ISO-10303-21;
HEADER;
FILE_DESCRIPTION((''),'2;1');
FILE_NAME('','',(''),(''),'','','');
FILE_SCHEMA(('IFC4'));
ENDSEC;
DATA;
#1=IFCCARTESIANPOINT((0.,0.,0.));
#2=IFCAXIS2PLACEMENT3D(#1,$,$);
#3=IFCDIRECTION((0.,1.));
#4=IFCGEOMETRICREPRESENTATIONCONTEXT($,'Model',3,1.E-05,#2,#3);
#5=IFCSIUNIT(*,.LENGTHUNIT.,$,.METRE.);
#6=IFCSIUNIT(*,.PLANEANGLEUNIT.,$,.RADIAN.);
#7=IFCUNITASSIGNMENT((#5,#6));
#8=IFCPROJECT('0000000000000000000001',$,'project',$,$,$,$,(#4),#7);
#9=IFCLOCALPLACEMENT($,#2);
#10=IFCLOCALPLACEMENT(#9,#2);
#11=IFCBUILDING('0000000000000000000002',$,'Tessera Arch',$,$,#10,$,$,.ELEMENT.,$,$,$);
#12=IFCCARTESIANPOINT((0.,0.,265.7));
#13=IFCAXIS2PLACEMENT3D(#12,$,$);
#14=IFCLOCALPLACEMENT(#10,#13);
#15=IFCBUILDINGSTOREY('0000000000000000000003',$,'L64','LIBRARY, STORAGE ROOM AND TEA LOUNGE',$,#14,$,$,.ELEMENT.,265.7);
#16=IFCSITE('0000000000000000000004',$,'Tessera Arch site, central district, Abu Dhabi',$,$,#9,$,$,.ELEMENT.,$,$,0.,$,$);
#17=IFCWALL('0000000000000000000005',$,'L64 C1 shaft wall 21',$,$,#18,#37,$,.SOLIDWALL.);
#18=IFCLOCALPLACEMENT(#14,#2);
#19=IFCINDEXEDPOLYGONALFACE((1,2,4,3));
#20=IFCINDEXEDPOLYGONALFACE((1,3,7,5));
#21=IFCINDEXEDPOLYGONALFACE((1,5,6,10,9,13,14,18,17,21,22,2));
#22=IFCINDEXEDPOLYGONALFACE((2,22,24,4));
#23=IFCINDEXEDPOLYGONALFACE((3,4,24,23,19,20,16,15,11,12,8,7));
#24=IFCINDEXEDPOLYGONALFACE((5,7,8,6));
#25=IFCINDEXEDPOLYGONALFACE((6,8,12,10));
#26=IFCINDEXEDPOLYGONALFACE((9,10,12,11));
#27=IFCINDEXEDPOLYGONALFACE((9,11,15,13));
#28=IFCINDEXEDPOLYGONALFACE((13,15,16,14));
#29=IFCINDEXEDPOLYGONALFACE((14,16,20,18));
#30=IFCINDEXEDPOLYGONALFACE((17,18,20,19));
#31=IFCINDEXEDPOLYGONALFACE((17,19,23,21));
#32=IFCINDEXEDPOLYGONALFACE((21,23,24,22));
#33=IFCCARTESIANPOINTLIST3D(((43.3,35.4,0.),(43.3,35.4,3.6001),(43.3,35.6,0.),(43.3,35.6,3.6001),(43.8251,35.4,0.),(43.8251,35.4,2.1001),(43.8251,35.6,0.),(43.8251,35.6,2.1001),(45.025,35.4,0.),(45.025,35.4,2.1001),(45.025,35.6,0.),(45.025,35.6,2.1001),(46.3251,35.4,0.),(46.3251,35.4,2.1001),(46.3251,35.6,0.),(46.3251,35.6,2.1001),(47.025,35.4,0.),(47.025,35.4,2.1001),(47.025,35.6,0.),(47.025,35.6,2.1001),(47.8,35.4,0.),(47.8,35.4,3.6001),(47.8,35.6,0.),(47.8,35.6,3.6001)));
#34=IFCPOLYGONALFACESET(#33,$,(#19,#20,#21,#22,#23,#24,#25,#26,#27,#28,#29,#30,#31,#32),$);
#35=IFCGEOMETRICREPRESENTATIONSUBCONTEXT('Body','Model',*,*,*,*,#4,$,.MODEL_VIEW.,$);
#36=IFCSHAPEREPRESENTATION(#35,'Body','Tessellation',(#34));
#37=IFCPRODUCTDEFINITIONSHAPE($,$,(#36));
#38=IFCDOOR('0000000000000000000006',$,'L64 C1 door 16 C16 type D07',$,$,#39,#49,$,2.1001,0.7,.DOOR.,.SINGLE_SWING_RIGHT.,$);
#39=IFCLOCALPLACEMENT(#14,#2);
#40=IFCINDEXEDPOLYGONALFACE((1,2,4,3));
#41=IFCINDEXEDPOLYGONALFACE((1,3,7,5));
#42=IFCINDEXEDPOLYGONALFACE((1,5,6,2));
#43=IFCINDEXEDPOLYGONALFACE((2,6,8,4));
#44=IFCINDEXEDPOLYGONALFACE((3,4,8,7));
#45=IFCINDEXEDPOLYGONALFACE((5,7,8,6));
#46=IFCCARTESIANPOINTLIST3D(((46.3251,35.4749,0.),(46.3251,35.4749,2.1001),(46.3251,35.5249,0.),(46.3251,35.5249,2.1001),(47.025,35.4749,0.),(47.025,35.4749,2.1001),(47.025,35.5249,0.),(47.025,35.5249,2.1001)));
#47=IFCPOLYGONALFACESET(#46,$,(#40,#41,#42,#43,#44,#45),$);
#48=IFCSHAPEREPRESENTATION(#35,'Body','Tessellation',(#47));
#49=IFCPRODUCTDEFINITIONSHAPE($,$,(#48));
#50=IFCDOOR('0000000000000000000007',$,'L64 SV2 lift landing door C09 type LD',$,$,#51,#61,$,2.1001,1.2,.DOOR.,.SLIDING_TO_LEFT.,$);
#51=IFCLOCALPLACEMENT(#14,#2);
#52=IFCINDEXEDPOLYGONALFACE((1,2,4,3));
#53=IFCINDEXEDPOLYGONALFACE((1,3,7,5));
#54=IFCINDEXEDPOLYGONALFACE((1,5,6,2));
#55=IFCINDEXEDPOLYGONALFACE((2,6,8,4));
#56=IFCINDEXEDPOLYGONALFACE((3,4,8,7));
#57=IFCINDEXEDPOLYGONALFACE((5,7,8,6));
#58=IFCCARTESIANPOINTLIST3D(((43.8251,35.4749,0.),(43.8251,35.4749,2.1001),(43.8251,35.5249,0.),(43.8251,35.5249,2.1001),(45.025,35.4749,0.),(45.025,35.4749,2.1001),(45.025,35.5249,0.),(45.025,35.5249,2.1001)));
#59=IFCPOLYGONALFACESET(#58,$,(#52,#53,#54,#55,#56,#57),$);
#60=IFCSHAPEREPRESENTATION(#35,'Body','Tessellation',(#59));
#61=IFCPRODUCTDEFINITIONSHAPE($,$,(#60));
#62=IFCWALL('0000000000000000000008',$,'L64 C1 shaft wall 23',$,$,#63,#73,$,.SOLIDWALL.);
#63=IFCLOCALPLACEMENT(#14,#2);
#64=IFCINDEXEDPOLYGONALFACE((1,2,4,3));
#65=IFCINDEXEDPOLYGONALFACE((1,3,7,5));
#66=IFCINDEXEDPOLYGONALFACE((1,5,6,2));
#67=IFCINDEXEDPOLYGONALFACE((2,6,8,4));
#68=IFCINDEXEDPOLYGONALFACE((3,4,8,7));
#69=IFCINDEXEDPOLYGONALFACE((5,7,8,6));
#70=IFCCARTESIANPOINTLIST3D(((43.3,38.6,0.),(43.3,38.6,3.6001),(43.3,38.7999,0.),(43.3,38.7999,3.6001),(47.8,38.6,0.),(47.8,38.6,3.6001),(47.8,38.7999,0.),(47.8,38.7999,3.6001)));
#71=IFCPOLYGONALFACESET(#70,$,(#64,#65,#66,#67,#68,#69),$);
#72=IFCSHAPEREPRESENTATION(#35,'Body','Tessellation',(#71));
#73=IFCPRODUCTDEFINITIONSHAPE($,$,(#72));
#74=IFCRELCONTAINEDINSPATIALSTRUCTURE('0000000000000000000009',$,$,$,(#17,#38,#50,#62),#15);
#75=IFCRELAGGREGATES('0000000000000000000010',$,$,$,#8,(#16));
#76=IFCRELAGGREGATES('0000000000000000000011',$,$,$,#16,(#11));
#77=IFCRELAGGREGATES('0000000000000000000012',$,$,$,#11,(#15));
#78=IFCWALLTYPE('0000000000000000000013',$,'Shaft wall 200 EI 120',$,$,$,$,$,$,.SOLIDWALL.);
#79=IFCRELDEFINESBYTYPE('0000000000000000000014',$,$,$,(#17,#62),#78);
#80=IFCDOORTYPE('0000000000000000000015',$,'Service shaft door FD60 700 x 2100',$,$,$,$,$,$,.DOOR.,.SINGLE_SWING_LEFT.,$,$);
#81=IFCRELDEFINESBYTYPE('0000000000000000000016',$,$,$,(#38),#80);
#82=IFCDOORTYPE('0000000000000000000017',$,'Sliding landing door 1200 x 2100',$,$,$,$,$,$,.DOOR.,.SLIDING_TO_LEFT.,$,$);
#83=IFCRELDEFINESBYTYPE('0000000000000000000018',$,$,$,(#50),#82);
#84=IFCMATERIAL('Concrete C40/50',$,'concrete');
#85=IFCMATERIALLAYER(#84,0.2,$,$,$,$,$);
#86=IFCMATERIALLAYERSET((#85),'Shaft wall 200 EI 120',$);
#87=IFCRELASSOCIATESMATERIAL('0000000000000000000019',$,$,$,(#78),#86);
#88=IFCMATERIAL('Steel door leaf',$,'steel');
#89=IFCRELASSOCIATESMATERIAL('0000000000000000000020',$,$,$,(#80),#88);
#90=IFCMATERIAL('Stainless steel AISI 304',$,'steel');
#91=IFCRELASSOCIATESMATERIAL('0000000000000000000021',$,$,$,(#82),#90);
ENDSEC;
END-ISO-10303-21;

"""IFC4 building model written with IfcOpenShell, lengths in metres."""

from ifc_helpers import new_model, si_unit, direction, frame, frame_2d, origin, place, context, subcontext, project, spatial, rectangle, extrude, material, layer, layer_set, type_object, element, fill, save


model = new_model("IFC4")

# Units and contexts
model_context = context("Model", 3, precision=1e-05, world=origin(), true_north=direction((0.0, 1.0)))
body_context = subcontext(model_context, "Body", "Model", "MODEL_VIEW")
ifc_project = project(units=[si_unit("LENGTHUNIT", "METRE"), si_unit("PLANEANGLEUNIT", "RADIAN")], contexts=[model_context])

# Site, building, storey
site_placement = place(None, origin())
site = spatial("IfcSite", under=ifc_project, at=site_placement, Name="Tessera Arch site, central district, Abu Dhabi", CompositionType="ELEMENT", RefElevation=0.0)
building_placement = place(site_placement, origin())
building = spatial("IfcBuilding", under=site, at=building_placement, Name="Tessera Arch", CompositionType="ELEMENT")
storey_placement = place(building_placement, frame((0.0, 0.0, 265.7)))
storey = spatial("IfcBuildingStorey", under=building, at=storey_placement, Name="L64", Description="LIBRARY, STORAGE ROOM AND TEA LOUNGE", CompositionType="ELEMENT", Elevation=265.7)

# Shared definitions
ifc_material_1 = material(Name="Concrete C40/50", Category="concrete")
ifc_layer_1 = layer(ifc_material_1, 0.2)
ifc_layer_set_1 = layer_set([ifc_layer_1], Name="Shaft wall 200 EI 120")
wall_type_1 = type_object("IfcWallType", Name="Shaft wall 200 EI 120", PredefinedType="SOLIDWALL", material=ifc_layer_set_1)

# Wall, openings, doors
wall_1_placement = place(storey_placement, frame((43.3, 35.5, 0.0), z_axis=(0.0, 0.0, 1.0), x_axis=(1.0, 0.0, 0.0)))
wall_1 = element("IfcWall", 1, at=wall_1_placement, inside=storey, type_object=wall_type_1, Name="L64 C1 shaft wall 21", PredefinedType="SOLIDWALL", context=body_context, shape_type="SweptSolid", body=[
    extrude(rectangle(XDim=4.5, YDim=0.2, at=frame_2d((2.25, 0.0))), origin(), (0.0, 0.0, 1.0), 3.6001),
])
opening_1_placement = place(wall_1_placement, frame((0.5249, 0.0, 0.0)))
opening_1 = element("IfcOpeningElement", 2, at=opening_1_placement, cuts=wall_1, PredefinedType="OPENING", context=body_context, shape_type="SweptSolid", body=[
    extrude(rectangle(XDim=1.2, YDim=2.1001, at=frame_2d((0.6001, 1.05))), frame((0.0, 0.1099, 0.0), z_axis=(0.0, -1.0, 0.0), x_axis=(1.0, 0.0, 0.0)), (0.0, 0.0, 1.0), 0.22),
])
opening_2_placement = place(wall_1_placement, frame((3.0249, 0.0, 0.0)))
opening_2 = element("IfcOpeningElement", 3, at=opening_2_placement, cuts=wall_1, PredefinedType="OPENING", context=body_context, shape_type="SweptSolid", body=[
    extrude(rectangle(XDim=0.7, YDim=2.1001, at=frame_2d((0.3501, 1.05))), frame((0.0, 0.1099, 0.0), z_axis=(0.0, -1.0, 0.0), x_axis=(1.0, 0.0, 0.0)), (0.0, 0.0, 1.0), 0.22),
])
ifc_material_2 = material(Name="Steel door leaf", Category="steel")
door_type_1 = type_object("IfcDoorType", Name="Service shaft door FD60 700 x 2100", OperationType="SINGLE_SWING_LEFT", PredefinedType="DOOR", material=ifc_material_2)
door_1_placement = place(opening_2_placement, origin())
door_1 = element("IfcDoor", 4, at=door_1_placement, inside=storey, type_object=door_type_1, Name="L64 C1 door 16 C16 type D07", OperationType="SINGLE_SWING_RIGHT", OverallHeight=2.1001, OverallWidth=0.7, PredefinedType="DOOR", context=body_context, shape_type="SweptSolid", body=[
    extrude(rectangle(XDim=0.7, YDim=2.1001, at=frame_2d((0.3501, 1.05))), frame((0.0, 0.0249, 0.0), z_axis=(0.0, -1.0, 0.0), x_axis=(1.0, 0.0, 0.0)), (0.0, 0.0, 1.0), 0.05),
])
fill(opening_2, door_1)
ifc_material_3 = material(Name="Stainless steel AISI 304", Category="steel")
door_type_2 = type_object("IfcDoorType", Name="Sliding landing door 1200 x 2100", OperationType="SLIDING_TO_LEFT", PredefinedType="DOOR", material=ifc_material_3)
door_2_placement = place(opening_1_placement, origin())
door_2 = element("IfcDoor", 5, at=door_2_placement, inside=storey, type_object=door_type_2, Name="L64 SV2 lift landing door C09 type LD", OperationType="SLIDING_TO_LEFT", OverallHeight=2.1001, OverallWidth=1.2, PredefinedType="DOOR", context=body_context, shape_type="SweptSolid", body=[
    extrude(rectangle(XDim=1.2, YDim=2.1001, at=frame_2d((0.6001, 1.05))), frame((0.0, 0.0249, 0.0), z_axis=(0.0, -1.0, 0.0), x_axis=(1.0, 0.0, 0.0)), (0.0, 0.0, 1.0), 0.05),
])
fill(opening_1, door_2)

# Wall
wall_2_placement = place(storey_placement, frame((43.3, 38.7, 0.0), z_axis=(0.0, 0.0, 1.0), x_axis=(1.0, 0.0, 0.0)))
element("IfcWall", 6, at=wall_2_placement, inside=storey, type_object=wall_type_1, Name="L64 C1 shaft wall 23", PredefinedType="SOLIDWALL", context=body_context, shape_type="SweptSolid", body=[
    extrude(rectangle(XDim=4.5, YDim=0.2, at=frame_2d((2.25, 0.0))), origin(), (0.0, 0.0, 1.0), 3.6001),
])

save(model, "model.ifc")
